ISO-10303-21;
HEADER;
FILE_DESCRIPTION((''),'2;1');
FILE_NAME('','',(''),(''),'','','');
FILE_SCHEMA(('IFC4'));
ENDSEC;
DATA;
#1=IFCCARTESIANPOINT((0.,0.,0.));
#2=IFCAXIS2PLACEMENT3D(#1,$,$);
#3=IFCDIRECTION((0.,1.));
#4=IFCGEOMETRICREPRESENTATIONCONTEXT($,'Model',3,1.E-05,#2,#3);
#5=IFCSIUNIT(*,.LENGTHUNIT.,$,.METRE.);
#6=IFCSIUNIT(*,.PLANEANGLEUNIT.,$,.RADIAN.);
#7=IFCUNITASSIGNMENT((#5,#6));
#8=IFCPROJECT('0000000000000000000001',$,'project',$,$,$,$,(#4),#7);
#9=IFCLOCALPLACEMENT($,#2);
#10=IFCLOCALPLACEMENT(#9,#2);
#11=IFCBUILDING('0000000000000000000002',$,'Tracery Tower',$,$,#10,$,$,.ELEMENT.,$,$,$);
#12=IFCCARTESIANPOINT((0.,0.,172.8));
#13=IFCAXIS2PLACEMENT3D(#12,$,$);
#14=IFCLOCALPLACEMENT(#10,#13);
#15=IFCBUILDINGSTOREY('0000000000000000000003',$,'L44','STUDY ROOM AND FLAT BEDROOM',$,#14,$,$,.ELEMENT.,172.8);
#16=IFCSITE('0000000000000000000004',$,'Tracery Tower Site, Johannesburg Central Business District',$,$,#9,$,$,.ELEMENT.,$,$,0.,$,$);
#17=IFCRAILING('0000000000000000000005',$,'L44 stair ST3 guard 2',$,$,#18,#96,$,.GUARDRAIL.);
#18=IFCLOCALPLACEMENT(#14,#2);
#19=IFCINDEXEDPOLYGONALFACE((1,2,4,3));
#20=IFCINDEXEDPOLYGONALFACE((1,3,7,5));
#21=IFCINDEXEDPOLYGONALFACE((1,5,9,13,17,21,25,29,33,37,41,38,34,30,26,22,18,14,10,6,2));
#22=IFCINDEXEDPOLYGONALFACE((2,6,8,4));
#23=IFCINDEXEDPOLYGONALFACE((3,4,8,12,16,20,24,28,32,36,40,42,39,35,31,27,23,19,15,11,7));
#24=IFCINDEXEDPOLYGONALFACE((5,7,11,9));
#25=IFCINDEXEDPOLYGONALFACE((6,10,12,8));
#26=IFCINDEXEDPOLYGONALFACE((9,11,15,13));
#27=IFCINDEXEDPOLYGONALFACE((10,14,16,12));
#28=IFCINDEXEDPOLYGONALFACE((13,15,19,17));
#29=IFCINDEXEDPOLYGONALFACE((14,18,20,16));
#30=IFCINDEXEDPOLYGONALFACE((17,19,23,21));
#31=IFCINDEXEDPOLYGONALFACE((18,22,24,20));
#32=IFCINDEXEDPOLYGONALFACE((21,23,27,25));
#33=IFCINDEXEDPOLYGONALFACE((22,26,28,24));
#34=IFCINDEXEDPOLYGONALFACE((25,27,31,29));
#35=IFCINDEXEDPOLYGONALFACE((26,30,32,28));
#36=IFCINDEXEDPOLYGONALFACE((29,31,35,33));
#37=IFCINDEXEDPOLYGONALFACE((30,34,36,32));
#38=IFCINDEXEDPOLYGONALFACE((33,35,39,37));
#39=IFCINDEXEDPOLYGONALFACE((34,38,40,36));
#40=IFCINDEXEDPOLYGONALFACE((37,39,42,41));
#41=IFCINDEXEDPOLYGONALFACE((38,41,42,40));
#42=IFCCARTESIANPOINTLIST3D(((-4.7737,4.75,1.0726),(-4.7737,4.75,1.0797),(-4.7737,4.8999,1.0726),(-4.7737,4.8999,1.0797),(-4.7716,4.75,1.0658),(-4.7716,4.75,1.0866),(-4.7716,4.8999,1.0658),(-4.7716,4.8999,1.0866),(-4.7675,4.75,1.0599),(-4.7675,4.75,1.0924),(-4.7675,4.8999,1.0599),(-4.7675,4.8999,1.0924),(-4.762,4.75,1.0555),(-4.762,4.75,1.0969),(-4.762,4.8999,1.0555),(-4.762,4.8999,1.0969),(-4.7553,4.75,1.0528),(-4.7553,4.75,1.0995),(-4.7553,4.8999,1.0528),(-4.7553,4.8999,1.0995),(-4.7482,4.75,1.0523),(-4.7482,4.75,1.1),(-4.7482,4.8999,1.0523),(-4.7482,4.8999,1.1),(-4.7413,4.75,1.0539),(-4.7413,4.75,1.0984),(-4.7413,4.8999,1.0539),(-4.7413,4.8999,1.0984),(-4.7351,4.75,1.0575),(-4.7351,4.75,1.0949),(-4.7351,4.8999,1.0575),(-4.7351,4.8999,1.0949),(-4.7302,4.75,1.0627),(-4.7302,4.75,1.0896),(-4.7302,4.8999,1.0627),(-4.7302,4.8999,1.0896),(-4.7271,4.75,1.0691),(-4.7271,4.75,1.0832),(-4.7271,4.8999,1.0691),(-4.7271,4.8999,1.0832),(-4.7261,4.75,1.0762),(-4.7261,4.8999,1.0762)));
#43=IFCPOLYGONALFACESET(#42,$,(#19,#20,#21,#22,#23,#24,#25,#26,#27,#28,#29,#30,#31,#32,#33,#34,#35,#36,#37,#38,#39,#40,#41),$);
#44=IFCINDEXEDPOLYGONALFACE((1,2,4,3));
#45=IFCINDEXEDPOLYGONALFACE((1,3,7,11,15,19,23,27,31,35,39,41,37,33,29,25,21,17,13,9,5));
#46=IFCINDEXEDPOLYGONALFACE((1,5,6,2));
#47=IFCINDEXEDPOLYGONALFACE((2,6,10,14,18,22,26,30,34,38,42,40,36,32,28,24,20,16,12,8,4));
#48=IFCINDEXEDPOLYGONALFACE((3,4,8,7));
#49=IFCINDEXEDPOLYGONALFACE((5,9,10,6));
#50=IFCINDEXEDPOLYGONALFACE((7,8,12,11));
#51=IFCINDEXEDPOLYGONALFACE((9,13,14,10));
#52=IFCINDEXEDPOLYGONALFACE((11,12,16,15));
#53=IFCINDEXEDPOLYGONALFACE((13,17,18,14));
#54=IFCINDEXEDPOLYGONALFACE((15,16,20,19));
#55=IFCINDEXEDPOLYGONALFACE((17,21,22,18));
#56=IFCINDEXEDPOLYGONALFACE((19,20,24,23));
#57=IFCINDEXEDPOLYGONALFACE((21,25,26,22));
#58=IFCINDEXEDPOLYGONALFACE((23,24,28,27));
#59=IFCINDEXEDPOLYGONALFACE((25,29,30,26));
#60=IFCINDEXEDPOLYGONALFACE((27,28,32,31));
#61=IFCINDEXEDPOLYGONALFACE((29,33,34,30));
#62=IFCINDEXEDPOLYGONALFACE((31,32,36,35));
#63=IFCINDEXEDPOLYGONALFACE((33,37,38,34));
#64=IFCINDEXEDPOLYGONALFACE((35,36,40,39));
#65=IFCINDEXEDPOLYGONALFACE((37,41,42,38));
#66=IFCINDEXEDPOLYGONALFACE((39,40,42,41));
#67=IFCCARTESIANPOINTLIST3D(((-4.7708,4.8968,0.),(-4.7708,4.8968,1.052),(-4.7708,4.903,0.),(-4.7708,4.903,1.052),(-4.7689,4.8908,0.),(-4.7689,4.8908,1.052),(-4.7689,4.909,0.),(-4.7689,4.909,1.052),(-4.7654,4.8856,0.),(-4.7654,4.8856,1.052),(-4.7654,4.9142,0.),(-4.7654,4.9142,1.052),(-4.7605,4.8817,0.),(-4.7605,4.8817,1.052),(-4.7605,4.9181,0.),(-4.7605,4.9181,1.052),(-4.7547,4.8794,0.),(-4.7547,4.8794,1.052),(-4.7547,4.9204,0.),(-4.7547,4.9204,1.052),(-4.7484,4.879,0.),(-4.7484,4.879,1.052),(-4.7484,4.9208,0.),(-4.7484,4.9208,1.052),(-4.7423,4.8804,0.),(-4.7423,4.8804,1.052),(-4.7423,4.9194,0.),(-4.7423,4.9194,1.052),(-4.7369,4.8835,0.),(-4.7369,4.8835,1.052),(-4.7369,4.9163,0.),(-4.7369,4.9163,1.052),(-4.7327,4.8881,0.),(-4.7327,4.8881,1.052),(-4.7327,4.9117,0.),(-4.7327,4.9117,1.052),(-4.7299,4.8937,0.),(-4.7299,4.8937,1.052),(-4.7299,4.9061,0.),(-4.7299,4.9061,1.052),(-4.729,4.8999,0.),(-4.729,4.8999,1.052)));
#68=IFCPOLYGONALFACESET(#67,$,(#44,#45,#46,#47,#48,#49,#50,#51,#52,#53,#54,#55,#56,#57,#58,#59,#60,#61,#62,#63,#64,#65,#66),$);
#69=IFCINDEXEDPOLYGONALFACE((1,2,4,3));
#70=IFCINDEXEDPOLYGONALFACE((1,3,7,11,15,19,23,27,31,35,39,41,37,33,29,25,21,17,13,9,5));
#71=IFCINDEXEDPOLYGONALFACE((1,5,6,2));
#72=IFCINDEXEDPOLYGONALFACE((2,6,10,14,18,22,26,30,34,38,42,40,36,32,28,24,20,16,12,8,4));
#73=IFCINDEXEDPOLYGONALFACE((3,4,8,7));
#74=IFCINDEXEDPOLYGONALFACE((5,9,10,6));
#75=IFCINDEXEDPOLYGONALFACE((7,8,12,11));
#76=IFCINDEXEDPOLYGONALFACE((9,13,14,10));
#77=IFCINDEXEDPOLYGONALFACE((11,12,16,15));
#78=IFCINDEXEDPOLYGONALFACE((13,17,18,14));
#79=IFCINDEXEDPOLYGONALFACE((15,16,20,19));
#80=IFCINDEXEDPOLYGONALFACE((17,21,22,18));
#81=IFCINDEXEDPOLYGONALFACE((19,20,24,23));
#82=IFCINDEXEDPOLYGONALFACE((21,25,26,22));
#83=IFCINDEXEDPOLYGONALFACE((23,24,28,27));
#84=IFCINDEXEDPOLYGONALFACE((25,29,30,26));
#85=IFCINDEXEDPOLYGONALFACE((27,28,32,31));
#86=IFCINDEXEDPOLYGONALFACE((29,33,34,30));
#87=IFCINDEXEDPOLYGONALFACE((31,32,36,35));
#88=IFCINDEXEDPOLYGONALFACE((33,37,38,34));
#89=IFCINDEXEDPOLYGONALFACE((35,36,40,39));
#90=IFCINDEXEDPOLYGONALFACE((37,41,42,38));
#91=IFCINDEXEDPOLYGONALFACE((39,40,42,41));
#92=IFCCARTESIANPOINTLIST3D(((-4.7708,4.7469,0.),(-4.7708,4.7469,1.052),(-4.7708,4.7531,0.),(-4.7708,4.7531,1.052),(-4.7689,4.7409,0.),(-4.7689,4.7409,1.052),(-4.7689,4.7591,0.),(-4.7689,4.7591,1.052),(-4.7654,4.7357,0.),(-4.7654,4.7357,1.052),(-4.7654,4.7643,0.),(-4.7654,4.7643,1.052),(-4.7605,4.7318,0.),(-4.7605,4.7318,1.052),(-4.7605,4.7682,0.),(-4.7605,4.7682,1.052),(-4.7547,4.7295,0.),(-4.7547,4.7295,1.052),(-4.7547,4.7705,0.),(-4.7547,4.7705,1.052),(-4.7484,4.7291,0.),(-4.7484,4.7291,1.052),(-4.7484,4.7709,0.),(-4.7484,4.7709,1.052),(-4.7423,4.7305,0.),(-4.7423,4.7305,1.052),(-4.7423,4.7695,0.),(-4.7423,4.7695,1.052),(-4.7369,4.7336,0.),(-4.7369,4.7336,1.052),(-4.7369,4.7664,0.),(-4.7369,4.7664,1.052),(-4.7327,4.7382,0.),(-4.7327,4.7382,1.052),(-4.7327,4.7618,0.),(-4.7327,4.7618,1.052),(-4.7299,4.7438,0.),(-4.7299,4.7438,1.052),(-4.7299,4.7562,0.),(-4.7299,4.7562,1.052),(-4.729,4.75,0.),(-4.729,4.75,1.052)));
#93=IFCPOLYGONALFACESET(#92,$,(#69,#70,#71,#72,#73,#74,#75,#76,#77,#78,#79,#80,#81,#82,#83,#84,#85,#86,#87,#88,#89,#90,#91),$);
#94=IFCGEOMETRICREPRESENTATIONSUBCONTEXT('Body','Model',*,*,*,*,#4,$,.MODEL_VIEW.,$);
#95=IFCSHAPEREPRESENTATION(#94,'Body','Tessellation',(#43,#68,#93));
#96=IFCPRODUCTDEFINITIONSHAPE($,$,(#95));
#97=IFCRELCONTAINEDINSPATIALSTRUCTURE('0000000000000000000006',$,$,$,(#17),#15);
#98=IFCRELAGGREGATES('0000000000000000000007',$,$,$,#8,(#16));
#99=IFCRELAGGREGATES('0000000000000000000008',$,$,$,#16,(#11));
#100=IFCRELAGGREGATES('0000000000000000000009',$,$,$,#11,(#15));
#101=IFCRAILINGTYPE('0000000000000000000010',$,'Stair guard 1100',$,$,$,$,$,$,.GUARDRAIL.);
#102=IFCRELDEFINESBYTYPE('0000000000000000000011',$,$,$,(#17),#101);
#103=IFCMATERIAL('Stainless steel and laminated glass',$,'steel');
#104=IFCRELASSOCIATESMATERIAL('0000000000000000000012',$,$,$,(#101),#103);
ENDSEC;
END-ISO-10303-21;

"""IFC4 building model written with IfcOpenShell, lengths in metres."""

from ifc_helpers import new_model, si_unit, direction, frame, origin, origin_2d, place, context, subcontext, project, spatial, circle, extrude, material, type_object, element, save


model = new_model("IFC4")

# Units and contexts
model_context = context("Model", 3, precision=1e-05, world=origin(), true_north=direction((0.0, 1.0)))
body_context = subcontext(model_context, "Body", "Model", "MODEL_VIEW")
ifc_project = project(units=[si_unit("LENGTHUNIT", "METRE"), si_unit("PLANEANGLEUNIT", "RADIAN")], contexts=[model_context])

# Site, building, storey
site_placement = place(None, origin())
site = spatial("IfcSite", under=ifc_project, at=site_placement, Name="Tracery Tower Site, Johannesburg Central Business District", CompositionType="ELEMENT", RefElevation=0.0)
building_placement = place(site_placement, origin())
building = spatial("IfcBuilding", under=site, at=building_placement, Name="Tracery Tower", CompositionType="ELEMENT")
storey_placement = place(building_placement, frame((0.0, 0.0, 172.8)))
storey = spatial("IfcBuildingStorey", under=building, at=storey_placement, Name="L44", Description="STUDY ROOM AND FLAT BEDROOM", CompositionType="ELEMENT", Elevation=172.8)

# Railing
ifc_material_1 = material(Name="Stainless steel and laminated glass", Category="steel")
railing_type_1 = type_object("IfcRailingType", Name="Stair guard 1100", PredefinedType="GUARDRAIL", material=ifc_material_1)
railing_1_placement = place(storey_placement, frame((-4.75, 4.8999, 0.0)))
element("IfcRailing", 1, at=railing_1_placement, inside=storey, type_object=railing_type_1, Name="L44 stair ST3 guard 2", PredefinedType="GUARDRAIL", context=body_context, shape_type="SweptSolid", body=[
    extrude(circle(Radius=0.0239, at=origin_2d()), frame((0.0, 0.0, 1.0762), z_axis=(0.0, -1.0, 0.0), x_axis=(1.0, 0.0, 0.0)), (0.0, 0.0, 1.0), 0.1499),
    extrude(circle(Radius=0.021, at=origin_2d()), origin(), (0.0, 0.0, 1.0), 1.052),
    extrude(circle(Radius=0.021, at=origin_2d()), frame((0.0, -0.1499, 0.0)), (0.0, 0.0, 1.0), 1.052),
])

save(model, "model.ifc")
